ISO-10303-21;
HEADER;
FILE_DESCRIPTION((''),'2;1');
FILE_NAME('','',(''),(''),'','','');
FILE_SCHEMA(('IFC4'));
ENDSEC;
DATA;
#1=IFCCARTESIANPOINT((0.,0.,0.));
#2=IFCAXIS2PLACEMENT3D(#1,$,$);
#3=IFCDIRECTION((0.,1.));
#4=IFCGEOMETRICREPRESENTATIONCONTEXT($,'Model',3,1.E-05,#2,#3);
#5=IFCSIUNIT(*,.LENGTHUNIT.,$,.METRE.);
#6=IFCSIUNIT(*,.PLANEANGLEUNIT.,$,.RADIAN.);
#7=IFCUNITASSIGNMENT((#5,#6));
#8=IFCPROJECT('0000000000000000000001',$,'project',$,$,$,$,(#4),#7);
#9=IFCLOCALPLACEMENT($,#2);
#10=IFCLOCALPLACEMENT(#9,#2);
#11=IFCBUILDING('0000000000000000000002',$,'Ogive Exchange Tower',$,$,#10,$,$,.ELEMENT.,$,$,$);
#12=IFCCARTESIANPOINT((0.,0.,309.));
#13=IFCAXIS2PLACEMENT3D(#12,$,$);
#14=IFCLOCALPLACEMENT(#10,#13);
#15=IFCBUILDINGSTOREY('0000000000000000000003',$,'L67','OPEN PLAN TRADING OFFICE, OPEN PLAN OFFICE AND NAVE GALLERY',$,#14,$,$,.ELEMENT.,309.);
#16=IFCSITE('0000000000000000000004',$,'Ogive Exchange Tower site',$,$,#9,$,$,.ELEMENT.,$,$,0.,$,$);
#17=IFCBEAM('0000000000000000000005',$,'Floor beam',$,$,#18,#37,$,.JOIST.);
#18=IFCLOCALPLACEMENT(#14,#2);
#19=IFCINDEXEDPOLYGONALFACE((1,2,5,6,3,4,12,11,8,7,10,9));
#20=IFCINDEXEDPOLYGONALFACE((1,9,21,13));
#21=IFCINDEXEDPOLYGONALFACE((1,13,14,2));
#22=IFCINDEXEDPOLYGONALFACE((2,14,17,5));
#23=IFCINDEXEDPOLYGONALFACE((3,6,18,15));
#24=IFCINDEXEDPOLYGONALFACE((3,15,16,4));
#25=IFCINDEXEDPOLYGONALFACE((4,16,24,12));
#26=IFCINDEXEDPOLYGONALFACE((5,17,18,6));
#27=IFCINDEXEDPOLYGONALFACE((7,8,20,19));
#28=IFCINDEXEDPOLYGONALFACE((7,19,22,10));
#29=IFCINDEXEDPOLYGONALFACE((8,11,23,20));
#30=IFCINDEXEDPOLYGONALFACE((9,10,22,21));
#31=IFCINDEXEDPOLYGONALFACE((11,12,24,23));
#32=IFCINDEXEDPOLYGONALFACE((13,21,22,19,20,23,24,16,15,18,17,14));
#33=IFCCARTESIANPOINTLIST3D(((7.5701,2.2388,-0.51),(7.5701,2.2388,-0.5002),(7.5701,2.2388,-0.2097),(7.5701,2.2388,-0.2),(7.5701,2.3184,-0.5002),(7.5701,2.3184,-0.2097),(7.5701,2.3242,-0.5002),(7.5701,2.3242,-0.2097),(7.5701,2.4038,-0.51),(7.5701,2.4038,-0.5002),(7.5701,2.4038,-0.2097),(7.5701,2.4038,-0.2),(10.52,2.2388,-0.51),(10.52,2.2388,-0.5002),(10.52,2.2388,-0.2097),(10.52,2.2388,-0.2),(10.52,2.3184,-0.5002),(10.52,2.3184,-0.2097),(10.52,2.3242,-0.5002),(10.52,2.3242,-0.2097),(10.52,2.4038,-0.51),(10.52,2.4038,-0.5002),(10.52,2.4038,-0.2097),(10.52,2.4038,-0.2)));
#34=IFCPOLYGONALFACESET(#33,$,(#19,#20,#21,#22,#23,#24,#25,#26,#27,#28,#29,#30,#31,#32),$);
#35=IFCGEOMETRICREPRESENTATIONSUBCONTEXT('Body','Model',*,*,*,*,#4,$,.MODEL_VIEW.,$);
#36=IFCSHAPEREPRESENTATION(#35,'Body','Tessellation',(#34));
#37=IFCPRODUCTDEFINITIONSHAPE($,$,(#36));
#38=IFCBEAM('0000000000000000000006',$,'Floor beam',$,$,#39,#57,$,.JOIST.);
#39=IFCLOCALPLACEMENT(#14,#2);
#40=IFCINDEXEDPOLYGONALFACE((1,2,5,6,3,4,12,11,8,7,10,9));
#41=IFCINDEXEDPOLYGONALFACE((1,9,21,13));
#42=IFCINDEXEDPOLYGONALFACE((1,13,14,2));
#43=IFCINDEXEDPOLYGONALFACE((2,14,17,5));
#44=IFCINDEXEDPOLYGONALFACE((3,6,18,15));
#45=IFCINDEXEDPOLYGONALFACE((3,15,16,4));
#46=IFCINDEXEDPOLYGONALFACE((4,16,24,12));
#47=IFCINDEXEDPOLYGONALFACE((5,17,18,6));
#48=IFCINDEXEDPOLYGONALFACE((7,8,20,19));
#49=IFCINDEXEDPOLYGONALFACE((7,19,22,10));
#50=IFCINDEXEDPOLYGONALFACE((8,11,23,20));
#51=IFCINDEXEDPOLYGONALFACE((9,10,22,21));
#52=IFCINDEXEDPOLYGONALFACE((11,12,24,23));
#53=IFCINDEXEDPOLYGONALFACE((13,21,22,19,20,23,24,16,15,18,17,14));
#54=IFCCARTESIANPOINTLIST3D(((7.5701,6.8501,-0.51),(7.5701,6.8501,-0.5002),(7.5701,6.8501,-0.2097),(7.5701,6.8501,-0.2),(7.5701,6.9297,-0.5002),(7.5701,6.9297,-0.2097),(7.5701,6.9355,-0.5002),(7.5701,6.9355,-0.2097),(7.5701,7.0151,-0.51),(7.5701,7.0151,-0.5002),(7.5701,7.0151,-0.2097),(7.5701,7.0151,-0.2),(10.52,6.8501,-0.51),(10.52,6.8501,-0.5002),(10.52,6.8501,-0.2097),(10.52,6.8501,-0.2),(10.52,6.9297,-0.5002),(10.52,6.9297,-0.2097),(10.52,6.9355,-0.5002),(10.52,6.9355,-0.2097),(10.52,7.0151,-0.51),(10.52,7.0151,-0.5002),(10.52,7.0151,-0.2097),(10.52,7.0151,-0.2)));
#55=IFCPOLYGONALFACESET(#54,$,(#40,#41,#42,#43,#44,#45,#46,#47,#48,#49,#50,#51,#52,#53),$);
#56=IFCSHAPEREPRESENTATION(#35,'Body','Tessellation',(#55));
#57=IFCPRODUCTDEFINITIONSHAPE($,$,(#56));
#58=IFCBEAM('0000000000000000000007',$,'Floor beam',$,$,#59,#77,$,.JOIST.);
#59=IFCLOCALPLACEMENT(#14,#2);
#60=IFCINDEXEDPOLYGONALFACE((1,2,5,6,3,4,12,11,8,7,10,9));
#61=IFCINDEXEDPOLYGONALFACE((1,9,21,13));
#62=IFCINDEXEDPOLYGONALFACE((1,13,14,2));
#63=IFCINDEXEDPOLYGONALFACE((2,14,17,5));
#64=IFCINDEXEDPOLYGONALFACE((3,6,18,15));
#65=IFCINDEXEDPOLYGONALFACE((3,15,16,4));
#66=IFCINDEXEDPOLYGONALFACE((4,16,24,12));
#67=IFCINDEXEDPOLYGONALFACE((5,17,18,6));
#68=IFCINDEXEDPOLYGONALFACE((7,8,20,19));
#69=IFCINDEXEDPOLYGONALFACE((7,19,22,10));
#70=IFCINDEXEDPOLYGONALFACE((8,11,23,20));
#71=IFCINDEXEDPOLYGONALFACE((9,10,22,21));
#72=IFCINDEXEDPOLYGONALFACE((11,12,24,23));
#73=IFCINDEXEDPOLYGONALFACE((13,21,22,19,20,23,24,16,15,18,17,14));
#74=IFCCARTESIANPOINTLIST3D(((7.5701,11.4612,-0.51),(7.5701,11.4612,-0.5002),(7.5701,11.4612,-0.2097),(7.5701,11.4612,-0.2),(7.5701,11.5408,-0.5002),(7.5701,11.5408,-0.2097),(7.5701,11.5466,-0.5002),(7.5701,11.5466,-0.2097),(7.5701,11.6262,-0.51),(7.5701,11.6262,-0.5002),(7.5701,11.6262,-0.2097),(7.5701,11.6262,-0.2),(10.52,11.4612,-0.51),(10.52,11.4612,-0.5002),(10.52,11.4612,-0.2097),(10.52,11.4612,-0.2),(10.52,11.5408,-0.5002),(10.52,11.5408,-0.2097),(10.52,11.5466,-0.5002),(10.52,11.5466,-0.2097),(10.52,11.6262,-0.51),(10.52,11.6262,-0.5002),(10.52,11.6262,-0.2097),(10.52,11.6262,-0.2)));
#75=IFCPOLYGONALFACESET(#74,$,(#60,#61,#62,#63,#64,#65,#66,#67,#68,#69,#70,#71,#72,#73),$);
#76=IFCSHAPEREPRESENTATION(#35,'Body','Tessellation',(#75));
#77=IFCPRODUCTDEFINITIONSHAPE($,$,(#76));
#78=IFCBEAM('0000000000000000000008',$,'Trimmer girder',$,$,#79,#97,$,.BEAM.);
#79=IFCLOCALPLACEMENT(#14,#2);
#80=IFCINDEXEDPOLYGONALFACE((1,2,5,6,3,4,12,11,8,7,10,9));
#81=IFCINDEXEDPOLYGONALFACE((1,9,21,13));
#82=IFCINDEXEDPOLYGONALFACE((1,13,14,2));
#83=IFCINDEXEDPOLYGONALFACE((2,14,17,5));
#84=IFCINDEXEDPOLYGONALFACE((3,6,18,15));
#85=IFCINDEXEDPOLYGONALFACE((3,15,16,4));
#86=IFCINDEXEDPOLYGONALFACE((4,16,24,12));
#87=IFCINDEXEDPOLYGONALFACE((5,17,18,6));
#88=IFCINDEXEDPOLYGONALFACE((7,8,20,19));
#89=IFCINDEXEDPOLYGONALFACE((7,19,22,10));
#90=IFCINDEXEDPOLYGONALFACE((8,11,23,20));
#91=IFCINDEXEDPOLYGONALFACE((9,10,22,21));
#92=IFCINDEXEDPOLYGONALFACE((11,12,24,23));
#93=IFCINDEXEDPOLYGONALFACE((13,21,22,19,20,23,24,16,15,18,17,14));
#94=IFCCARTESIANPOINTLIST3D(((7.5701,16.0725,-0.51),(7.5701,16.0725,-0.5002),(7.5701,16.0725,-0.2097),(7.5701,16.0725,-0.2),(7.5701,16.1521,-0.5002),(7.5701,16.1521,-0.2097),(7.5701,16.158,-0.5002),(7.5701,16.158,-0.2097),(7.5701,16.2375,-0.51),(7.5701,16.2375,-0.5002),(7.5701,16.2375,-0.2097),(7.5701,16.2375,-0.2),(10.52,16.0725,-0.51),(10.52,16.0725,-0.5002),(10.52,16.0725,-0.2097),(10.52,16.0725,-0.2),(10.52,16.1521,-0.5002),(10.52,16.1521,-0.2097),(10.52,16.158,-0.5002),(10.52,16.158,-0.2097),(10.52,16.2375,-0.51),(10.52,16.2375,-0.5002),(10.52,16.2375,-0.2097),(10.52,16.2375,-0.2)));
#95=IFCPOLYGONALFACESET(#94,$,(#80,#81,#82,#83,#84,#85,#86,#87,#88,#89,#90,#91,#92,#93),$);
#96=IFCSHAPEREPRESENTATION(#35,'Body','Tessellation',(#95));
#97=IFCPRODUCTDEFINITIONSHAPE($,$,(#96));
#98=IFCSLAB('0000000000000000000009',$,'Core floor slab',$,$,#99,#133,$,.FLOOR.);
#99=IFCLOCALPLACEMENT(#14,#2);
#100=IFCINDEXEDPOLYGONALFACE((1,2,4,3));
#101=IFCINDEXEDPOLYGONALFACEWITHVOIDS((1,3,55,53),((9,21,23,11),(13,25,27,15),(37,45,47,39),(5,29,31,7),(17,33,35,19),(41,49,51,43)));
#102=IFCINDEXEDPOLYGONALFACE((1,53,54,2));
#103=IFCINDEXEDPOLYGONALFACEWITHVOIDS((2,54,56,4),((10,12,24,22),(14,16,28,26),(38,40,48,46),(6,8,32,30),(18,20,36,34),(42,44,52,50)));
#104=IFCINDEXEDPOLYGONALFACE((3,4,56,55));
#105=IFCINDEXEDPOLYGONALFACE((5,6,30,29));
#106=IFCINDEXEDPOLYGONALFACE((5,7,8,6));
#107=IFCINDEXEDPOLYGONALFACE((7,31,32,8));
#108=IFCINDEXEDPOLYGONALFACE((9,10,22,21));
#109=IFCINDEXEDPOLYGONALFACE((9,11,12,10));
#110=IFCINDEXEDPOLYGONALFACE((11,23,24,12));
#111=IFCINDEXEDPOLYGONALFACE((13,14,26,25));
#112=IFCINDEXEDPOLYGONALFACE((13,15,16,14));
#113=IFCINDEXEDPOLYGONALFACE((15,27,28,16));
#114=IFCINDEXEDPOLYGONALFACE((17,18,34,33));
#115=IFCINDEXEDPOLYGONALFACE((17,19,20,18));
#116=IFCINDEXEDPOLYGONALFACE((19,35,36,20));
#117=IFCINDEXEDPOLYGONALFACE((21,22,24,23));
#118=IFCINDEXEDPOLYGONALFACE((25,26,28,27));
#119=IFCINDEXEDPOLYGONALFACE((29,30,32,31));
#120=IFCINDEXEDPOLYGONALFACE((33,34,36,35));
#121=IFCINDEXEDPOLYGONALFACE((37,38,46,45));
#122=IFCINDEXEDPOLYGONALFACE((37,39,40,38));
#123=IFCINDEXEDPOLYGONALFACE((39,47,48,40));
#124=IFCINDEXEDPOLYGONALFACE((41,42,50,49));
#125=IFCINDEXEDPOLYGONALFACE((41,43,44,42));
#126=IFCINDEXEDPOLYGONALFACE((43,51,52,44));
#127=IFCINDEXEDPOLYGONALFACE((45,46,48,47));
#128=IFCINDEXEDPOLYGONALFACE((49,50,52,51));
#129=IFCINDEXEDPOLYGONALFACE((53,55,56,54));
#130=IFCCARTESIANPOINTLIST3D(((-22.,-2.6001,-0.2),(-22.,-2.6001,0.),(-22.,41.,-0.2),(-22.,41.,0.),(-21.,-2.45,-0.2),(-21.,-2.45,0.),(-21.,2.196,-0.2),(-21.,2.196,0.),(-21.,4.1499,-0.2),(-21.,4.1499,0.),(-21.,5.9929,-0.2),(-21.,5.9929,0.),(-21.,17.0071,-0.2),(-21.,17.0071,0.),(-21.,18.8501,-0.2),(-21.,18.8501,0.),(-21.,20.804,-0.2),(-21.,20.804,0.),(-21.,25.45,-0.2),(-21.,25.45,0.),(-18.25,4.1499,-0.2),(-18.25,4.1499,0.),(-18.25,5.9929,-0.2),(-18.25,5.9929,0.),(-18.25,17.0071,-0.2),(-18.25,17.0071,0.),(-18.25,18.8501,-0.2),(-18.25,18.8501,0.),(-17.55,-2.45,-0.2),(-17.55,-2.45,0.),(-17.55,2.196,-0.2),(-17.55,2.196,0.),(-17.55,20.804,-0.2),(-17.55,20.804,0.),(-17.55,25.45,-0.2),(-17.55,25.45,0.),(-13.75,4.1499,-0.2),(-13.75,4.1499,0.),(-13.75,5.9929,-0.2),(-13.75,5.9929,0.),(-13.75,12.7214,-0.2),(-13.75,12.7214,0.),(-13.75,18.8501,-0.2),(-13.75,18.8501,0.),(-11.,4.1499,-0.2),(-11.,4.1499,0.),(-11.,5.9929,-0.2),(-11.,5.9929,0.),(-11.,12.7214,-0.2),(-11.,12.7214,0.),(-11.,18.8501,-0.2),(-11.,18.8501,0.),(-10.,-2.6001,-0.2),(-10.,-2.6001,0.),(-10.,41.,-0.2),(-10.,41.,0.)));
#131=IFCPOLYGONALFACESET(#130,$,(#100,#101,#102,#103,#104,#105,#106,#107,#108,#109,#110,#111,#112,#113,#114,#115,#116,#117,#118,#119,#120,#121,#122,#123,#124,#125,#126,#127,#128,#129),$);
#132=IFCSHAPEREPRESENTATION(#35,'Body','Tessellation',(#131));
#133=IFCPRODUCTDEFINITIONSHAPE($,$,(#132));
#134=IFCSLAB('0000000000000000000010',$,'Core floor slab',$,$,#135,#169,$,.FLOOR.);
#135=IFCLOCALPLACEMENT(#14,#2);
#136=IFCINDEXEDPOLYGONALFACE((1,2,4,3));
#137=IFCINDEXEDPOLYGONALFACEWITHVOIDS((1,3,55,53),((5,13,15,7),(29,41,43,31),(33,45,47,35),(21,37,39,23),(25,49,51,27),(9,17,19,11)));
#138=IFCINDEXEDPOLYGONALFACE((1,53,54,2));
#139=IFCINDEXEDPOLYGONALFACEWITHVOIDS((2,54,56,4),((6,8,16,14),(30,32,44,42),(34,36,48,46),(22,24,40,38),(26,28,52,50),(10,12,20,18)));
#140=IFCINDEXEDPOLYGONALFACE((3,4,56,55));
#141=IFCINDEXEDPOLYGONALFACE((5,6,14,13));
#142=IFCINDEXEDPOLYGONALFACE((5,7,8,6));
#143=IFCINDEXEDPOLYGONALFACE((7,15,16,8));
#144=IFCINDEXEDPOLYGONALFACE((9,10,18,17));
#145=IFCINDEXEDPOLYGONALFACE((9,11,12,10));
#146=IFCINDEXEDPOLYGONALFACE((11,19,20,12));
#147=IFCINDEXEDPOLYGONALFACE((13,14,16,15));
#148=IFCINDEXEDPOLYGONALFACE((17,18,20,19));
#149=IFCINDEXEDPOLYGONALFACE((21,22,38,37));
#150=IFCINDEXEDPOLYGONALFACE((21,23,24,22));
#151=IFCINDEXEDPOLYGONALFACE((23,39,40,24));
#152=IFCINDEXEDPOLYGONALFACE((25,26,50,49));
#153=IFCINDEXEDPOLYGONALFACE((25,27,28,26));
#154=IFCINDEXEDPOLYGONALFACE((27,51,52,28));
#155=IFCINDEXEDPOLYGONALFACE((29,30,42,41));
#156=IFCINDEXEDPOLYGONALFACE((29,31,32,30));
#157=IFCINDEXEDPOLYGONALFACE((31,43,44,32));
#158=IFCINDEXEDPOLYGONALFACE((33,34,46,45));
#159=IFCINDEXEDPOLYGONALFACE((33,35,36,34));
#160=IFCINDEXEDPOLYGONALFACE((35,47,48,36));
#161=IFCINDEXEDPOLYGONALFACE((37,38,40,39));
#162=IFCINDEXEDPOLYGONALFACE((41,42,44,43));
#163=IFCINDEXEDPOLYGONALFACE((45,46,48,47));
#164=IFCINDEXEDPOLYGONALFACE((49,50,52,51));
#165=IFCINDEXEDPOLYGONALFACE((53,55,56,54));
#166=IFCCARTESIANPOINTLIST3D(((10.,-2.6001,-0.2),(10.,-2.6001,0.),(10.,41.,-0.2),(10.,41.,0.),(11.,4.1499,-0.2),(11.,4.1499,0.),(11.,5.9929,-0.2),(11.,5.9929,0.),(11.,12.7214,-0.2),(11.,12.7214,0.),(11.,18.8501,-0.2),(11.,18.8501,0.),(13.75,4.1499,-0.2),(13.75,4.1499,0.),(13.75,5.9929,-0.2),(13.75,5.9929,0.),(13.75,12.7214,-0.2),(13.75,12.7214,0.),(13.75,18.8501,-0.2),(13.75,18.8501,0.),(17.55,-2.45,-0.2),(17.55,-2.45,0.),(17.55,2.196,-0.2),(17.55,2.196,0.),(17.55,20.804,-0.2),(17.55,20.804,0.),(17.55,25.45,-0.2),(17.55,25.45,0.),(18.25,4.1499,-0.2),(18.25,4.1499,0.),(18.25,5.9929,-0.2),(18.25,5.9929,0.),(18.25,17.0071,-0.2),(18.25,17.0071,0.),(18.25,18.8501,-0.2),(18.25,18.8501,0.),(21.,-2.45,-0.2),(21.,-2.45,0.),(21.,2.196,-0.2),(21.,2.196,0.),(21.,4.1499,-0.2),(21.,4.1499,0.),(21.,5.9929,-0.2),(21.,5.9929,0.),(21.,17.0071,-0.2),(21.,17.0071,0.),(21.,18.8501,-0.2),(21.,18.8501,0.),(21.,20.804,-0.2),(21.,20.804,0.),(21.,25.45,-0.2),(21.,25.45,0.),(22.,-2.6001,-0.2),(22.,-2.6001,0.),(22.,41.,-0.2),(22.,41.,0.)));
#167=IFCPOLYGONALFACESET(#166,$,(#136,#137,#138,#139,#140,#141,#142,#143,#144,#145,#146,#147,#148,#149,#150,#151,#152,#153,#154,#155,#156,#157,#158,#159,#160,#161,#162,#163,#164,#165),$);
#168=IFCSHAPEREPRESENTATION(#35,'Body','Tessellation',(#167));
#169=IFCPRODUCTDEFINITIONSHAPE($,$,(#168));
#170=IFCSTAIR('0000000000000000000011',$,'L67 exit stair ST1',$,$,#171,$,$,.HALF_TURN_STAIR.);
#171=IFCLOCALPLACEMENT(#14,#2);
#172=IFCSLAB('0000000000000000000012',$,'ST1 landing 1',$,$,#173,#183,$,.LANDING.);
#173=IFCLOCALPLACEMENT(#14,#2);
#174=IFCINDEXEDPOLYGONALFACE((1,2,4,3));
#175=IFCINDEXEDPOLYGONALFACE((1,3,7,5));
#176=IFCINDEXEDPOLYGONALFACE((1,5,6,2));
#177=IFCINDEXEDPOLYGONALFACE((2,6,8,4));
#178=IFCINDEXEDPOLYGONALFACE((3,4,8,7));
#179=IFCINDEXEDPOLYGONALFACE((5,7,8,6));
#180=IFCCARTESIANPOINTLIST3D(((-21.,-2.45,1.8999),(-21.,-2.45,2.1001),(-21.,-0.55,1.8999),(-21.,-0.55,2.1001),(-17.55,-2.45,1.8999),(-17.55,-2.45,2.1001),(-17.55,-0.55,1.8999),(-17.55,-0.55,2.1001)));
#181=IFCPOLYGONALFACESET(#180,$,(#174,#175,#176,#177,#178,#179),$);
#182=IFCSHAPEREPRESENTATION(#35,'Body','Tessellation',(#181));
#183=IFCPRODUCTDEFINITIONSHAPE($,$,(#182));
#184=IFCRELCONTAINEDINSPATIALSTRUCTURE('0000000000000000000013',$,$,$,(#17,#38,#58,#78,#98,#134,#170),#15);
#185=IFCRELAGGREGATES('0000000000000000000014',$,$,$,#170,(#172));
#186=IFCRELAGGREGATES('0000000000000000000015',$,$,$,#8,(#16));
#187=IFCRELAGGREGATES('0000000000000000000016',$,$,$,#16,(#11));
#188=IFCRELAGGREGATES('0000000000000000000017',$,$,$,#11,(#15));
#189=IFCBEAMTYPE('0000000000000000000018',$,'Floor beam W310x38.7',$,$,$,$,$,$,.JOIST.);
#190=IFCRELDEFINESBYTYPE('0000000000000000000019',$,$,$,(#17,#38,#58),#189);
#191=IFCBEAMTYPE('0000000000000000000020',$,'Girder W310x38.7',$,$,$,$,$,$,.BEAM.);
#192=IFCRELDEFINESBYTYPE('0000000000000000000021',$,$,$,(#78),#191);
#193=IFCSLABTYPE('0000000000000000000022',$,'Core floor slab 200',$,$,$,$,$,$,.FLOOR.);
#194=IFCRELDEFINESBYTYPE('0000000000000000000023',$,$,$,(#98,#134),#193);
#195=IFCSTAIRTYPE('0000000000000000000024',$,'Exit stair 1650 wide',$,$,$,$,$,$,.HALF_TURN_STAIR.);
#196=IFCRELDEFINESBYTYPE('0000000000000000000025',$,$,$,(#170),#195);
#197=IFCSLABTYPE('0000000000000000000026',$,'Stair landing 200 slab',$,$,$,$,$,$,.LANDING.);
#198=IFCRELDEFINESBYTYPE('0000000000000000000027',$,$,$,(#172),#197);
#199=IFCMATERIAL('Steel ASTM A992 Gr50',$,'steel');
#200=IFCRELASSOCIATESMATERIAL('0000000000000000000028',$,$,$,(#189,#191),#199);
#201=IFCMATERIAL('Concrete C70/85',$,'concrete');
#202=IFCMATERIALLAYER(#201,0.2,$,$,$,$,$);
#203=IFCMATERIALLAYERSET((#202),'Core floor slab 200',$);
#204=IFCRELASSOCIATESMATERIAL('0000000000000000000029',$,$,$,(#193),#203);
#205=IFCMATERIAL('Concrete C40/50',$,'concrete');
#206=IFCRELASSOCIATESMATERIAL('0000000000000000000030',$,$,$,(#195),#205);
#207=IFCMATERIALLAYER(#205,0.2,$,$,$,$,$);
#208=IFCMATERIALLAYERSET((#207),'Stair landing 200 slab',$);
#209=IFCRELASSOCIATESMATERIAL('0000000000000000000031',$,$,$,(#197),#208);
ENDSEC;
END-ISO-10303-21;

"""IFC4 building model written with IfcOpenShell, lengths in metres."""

from ifc_helpers import new_model, si_unit, direction, frame, origin, origin_2d, place, context, subcontext, project, spatial, polyline, i_section, outline, extrude, material, layer, layer_set, material_profile, profile_set, type_object, element, aggregate, save


model = new_model("IFC4")

# Units and contexts
model_context = context("Model", 3, precision=1e-05, world=origin(), true_north=direction((0.0, 1.0)))
body_context = subcontext(model_context, "Body", "Model", "MODEL_VIEW")
ifc_project = project(units=[si_unit("LENGTHUNIT", "METRE"), si_unit("PLANEANGLEUNIT", "RADIAN")], contexts=[model_context])

# Site, building, storey
site_placement = place(None, origin())
site = spatial("IfcSite", under=ifc_project, at=site_placement, Name="Ogive Exchange Tower site", CompositionType="ELEMENT", RefElevation=0.0)
building_placement = place(site_placement, origin())
building = spatial("IfcBuilding", under=site, at=building_placement, Name="Ogive Exchange Tower", CompositionType="ELEMENT")
storey_placement = place(building_placement, frame((0.0, 0.0, 309.0)))
storey = spatial("IfcBuildingStorey", under=building, at=storey_placement, Name="L67", Description="OPEN PLAN TRADING OFFICE, OPEN PLAN OFFICE AND NAVE GALLERY", CompositionType="ELEMENT", Elevation=309.0)

# Beams
ifc_material_1 = material(Name="Steel ASTM A992 Gr50", Category="steel")
ifc_material_profile_1 = material_profile(ifc_material_1, i_section(OverallWidth=0.165, OverallDepth=0.3101, WebThickness=0.0059, FlangeThickness=0.0098, at=origin_2d()), Name="W310x38.7")
ifc_profile_set_1 = profile_set([ifc_material_profile_1], Name="Steel ASTM A992 Gr50")
beam_type_1 = type_object("IfcBeamType", Name="Floor beam W310x38.7", PredefinedType="JOIST", material=ifc_profile_set_1)
for number, where, z_axis, x_axis, name in (
    (1, (7.5701, 2.3213, -0.355), (1.0, 0.0, 0.0), (0.0, 1.0, 0.0), "Floor beam"),
    (2, (7.5701, 6.9326, -0.355), (1.0, 0.0, 0.0), (0.0, 1.0, 0.0), "Floor beam"),
    (3, (7.5701, 11.5437, -0.355), (1.0, 0.0, 0.0), (0.0, 1.0, 0.0), "Floor beam"),
):
    element("IfcBeam", number, at=place(storey_placement, frame(where, z_axis=z_axis, x_axis=x_axis)), inside=storey, type_object=beam_type_1, Name=name, PredefinedType="JOIST", context=body_context, shape_type="SweptSolid", body=[
        extrude(i_section(OverallWidth=0.165, OverallDepth=0.3101, WebThickness=0.0059, FlangeThickness=0.0098, at=origin_2d()), origin(), (0.0, 0.0, 1.0), 2.95),
    ])
ifc_material_profile_2 = material_profile(ifc_material_1, i_section(OverallWidth=0.165, OverallDepth=0.3101, WebThickness=0.0059, FlangeThickness=0.0098, at=origin_2d()), Name="W310x38.7")
ifc_profile_set_2 = profile_set([ifc_material_profile_2], Name="Steel ASTM A992 Gr50")
beam_type_2 = type_object("IfcBeamType", Name="Girder W310x38.7", PredefinedType="BEAM", material=ifc_profile_set_2)
beam_placement = place(storey_placement, frame((7.5701, 16.155, -0.355), z_axis=(1.0, 0.0, 0.0), x_axis=(0.0, 1.0, 0.0)))
element("IfcBeam", 4, at=beam_placement, inside=storey, type_object=beam_type_2, Name="Trimmer girder", PredefinedType="BEAM", context=body_context, shape_type="SweptSolid", body=[
    extrude(i_section(OverallWidth=0.165, OverallDepth=0.3101, WebThickness=0.0059, FlangeThickness=0.0098, at=origin_2d()), origin(), (0.0, 0.0, 1.0), 2.95),
])

# Slabs
ifc_material_2 = material(Name="Concrete C70/85", Category="concrete")
ifc_layer_1 = layer(ifc_material_2, 0.2)
ifc_layer_set_1 = layer_set([ifc_layer_1], Name="Core floor slab 200")
slab_type_1 = type_object("IfcSlabType", Name="Core floor slab 200", PredefinedType="FLOOR", material=ifc_layer_set_1)
slab_1_placement = place(storey_placement, frame((0.0, 0.0, -0.2)))
element("IfcSlab", 5, at=slab_1_placement, inside=storey, type_object=slab_type_1, Name="Core floor slab", PredefinedType="FLOOR", context=body_context, shape_type="SweptSolid", body=[
    extrude(outline(polyline([(-22.0, -2.6001), (-22.0, 41.0), (-10.0, 41.0), (-10.0, -2.6001), (-22.0, -2.6001)]), holes=[polyline([(-17.55, 2.196), (-21.0, 2.196), (-21.0, -2.45), (-17.55, -2.45), (-17.55, 2.196)]), polyline([(-18.25, 5.9929), (-21.0, 5.9929), (-21.0, 4.1499), (-18.25, 4.1499), (-18.25, 5.9929)]), polyline([(-11.0, 5.9929), (-13.75, 5.9929), (-13.75, 4.1499), (-11.0, 4.1499), (-11.0, 5.9929)]), polyline([(-13.75, 18.8501), (-13.75, 12.7214), (-11.0, 12.7214), (-11.0, 18.8501), (-13.75, 18.8501)]), polyline([(-18.25, 18.8501), (-21.0, 18.8501), (-21.0, 17.0071), (-18.25, 17.0071), (-18.25, 18.8501)]), polyline([(-21.0, 25.45), (-21.0, 20.804), (-17.55, 20.804), (-17.55, 25.45), (-21.0, 25.45)])]), origin(), (0.0, 0.0, 1.0), 0.2),
])
slab_2_placement = place(storey_placement, frame((0.0, 0.0, -0.2)))
element("IfcSlab", 6, at=slab_2_placement, inside=storey, type_object=slab_type_1, Name="Core floor slab", PredefinedType="FLOOR", context=body_context, shape_type="SweptSolid", body=[
    extrude(outline(polyline([(10.0, -2.6001), (10.0, 41.0), (22.0, 41.0), (22.0, -2.6001), (10.0, -2.6001)]), holes=[polyline([(21.0, 2.196), (17.55, 2.196), (17.55, -2.45), (21.0, -2.45), (21.0, 2.196)]), polyline([(13.75, 5.9929), (11.0, 5.9929), (11.0, 4.1499), (13.75, 4.1499), (13.75, 5.9929)]), polyline([(21.0, 5.9929), (18.25, 5.9929), (18.25, 4.1499), (21.0, 4.1499), (21.0, 5.9929)]), polyline([(11.0, 18.8501), (11.0, 12.7214), (13.75, 12.7214), (13.75, 18.8501), (11.0, 18.8501)]), polyline([(21.0, 18.8501), (18.25, 18.8501), (18.25, 17.0071), (21.0, 17.0071), (21.0, 18.8501)]), polyline([(17.55, 25.45), (17.55, 20.804), (21.0, 20.804), (21.0, 25.45), (17.55, 25.45)])]), origin(), (0.0, 0.0, 1.0), 0.2),
])

# Stair, slab
ifc_material_3 = material(Name="Concrete C40/50", Category="concrete")
stair_type = type_object("IfcStairType", Name="Exit stair 1650 wide", PredefinedType="HALF_TURN_STAIR", material=ifc_material_3)
stair_1_placement = place(storey_placement, origin())
stair_1 = element("IfcStair", 7, at=stair_1_placement, inside=storey, type_object=stair_type, Name="L67 exit stair ST1", PredefinedType="HALF_TURN_STAIR")
ifc_layer_2 = layer(ifc_material_3, 0.2)
ifc_layer_set_2 = layer_set([ifc_layer_2], Name="Stair landing 200 slab")
slab_type_2 = type_object("IfcSlabType", Name="Stair landing 200 slab", PredefinedType="LANDING", material=ifc_layer_set_2)
slab_3_placement = place(storey_placement, frame((0.0, 0.0, 1.8999)))
slab_3 = element("IfcSlab", 8, at=slab_3_placement, type_object=slab_type_2, Name="ST1 landing 1", PredefinedType="LANDING", context=body_context, shape_type="SweptSolid", body=[
    extrude(outline(polyline([(-21.0, -0.55), (-21.0, -2.45), (-17.55, -2.45), (-17.55, -0.55), (-21.0, -0.55)])), origin(), (0.0, 0.0, 1.0), 0.2002),
])
aggregate(stair_1, [slab_3])

save(model, "model.ifc")
